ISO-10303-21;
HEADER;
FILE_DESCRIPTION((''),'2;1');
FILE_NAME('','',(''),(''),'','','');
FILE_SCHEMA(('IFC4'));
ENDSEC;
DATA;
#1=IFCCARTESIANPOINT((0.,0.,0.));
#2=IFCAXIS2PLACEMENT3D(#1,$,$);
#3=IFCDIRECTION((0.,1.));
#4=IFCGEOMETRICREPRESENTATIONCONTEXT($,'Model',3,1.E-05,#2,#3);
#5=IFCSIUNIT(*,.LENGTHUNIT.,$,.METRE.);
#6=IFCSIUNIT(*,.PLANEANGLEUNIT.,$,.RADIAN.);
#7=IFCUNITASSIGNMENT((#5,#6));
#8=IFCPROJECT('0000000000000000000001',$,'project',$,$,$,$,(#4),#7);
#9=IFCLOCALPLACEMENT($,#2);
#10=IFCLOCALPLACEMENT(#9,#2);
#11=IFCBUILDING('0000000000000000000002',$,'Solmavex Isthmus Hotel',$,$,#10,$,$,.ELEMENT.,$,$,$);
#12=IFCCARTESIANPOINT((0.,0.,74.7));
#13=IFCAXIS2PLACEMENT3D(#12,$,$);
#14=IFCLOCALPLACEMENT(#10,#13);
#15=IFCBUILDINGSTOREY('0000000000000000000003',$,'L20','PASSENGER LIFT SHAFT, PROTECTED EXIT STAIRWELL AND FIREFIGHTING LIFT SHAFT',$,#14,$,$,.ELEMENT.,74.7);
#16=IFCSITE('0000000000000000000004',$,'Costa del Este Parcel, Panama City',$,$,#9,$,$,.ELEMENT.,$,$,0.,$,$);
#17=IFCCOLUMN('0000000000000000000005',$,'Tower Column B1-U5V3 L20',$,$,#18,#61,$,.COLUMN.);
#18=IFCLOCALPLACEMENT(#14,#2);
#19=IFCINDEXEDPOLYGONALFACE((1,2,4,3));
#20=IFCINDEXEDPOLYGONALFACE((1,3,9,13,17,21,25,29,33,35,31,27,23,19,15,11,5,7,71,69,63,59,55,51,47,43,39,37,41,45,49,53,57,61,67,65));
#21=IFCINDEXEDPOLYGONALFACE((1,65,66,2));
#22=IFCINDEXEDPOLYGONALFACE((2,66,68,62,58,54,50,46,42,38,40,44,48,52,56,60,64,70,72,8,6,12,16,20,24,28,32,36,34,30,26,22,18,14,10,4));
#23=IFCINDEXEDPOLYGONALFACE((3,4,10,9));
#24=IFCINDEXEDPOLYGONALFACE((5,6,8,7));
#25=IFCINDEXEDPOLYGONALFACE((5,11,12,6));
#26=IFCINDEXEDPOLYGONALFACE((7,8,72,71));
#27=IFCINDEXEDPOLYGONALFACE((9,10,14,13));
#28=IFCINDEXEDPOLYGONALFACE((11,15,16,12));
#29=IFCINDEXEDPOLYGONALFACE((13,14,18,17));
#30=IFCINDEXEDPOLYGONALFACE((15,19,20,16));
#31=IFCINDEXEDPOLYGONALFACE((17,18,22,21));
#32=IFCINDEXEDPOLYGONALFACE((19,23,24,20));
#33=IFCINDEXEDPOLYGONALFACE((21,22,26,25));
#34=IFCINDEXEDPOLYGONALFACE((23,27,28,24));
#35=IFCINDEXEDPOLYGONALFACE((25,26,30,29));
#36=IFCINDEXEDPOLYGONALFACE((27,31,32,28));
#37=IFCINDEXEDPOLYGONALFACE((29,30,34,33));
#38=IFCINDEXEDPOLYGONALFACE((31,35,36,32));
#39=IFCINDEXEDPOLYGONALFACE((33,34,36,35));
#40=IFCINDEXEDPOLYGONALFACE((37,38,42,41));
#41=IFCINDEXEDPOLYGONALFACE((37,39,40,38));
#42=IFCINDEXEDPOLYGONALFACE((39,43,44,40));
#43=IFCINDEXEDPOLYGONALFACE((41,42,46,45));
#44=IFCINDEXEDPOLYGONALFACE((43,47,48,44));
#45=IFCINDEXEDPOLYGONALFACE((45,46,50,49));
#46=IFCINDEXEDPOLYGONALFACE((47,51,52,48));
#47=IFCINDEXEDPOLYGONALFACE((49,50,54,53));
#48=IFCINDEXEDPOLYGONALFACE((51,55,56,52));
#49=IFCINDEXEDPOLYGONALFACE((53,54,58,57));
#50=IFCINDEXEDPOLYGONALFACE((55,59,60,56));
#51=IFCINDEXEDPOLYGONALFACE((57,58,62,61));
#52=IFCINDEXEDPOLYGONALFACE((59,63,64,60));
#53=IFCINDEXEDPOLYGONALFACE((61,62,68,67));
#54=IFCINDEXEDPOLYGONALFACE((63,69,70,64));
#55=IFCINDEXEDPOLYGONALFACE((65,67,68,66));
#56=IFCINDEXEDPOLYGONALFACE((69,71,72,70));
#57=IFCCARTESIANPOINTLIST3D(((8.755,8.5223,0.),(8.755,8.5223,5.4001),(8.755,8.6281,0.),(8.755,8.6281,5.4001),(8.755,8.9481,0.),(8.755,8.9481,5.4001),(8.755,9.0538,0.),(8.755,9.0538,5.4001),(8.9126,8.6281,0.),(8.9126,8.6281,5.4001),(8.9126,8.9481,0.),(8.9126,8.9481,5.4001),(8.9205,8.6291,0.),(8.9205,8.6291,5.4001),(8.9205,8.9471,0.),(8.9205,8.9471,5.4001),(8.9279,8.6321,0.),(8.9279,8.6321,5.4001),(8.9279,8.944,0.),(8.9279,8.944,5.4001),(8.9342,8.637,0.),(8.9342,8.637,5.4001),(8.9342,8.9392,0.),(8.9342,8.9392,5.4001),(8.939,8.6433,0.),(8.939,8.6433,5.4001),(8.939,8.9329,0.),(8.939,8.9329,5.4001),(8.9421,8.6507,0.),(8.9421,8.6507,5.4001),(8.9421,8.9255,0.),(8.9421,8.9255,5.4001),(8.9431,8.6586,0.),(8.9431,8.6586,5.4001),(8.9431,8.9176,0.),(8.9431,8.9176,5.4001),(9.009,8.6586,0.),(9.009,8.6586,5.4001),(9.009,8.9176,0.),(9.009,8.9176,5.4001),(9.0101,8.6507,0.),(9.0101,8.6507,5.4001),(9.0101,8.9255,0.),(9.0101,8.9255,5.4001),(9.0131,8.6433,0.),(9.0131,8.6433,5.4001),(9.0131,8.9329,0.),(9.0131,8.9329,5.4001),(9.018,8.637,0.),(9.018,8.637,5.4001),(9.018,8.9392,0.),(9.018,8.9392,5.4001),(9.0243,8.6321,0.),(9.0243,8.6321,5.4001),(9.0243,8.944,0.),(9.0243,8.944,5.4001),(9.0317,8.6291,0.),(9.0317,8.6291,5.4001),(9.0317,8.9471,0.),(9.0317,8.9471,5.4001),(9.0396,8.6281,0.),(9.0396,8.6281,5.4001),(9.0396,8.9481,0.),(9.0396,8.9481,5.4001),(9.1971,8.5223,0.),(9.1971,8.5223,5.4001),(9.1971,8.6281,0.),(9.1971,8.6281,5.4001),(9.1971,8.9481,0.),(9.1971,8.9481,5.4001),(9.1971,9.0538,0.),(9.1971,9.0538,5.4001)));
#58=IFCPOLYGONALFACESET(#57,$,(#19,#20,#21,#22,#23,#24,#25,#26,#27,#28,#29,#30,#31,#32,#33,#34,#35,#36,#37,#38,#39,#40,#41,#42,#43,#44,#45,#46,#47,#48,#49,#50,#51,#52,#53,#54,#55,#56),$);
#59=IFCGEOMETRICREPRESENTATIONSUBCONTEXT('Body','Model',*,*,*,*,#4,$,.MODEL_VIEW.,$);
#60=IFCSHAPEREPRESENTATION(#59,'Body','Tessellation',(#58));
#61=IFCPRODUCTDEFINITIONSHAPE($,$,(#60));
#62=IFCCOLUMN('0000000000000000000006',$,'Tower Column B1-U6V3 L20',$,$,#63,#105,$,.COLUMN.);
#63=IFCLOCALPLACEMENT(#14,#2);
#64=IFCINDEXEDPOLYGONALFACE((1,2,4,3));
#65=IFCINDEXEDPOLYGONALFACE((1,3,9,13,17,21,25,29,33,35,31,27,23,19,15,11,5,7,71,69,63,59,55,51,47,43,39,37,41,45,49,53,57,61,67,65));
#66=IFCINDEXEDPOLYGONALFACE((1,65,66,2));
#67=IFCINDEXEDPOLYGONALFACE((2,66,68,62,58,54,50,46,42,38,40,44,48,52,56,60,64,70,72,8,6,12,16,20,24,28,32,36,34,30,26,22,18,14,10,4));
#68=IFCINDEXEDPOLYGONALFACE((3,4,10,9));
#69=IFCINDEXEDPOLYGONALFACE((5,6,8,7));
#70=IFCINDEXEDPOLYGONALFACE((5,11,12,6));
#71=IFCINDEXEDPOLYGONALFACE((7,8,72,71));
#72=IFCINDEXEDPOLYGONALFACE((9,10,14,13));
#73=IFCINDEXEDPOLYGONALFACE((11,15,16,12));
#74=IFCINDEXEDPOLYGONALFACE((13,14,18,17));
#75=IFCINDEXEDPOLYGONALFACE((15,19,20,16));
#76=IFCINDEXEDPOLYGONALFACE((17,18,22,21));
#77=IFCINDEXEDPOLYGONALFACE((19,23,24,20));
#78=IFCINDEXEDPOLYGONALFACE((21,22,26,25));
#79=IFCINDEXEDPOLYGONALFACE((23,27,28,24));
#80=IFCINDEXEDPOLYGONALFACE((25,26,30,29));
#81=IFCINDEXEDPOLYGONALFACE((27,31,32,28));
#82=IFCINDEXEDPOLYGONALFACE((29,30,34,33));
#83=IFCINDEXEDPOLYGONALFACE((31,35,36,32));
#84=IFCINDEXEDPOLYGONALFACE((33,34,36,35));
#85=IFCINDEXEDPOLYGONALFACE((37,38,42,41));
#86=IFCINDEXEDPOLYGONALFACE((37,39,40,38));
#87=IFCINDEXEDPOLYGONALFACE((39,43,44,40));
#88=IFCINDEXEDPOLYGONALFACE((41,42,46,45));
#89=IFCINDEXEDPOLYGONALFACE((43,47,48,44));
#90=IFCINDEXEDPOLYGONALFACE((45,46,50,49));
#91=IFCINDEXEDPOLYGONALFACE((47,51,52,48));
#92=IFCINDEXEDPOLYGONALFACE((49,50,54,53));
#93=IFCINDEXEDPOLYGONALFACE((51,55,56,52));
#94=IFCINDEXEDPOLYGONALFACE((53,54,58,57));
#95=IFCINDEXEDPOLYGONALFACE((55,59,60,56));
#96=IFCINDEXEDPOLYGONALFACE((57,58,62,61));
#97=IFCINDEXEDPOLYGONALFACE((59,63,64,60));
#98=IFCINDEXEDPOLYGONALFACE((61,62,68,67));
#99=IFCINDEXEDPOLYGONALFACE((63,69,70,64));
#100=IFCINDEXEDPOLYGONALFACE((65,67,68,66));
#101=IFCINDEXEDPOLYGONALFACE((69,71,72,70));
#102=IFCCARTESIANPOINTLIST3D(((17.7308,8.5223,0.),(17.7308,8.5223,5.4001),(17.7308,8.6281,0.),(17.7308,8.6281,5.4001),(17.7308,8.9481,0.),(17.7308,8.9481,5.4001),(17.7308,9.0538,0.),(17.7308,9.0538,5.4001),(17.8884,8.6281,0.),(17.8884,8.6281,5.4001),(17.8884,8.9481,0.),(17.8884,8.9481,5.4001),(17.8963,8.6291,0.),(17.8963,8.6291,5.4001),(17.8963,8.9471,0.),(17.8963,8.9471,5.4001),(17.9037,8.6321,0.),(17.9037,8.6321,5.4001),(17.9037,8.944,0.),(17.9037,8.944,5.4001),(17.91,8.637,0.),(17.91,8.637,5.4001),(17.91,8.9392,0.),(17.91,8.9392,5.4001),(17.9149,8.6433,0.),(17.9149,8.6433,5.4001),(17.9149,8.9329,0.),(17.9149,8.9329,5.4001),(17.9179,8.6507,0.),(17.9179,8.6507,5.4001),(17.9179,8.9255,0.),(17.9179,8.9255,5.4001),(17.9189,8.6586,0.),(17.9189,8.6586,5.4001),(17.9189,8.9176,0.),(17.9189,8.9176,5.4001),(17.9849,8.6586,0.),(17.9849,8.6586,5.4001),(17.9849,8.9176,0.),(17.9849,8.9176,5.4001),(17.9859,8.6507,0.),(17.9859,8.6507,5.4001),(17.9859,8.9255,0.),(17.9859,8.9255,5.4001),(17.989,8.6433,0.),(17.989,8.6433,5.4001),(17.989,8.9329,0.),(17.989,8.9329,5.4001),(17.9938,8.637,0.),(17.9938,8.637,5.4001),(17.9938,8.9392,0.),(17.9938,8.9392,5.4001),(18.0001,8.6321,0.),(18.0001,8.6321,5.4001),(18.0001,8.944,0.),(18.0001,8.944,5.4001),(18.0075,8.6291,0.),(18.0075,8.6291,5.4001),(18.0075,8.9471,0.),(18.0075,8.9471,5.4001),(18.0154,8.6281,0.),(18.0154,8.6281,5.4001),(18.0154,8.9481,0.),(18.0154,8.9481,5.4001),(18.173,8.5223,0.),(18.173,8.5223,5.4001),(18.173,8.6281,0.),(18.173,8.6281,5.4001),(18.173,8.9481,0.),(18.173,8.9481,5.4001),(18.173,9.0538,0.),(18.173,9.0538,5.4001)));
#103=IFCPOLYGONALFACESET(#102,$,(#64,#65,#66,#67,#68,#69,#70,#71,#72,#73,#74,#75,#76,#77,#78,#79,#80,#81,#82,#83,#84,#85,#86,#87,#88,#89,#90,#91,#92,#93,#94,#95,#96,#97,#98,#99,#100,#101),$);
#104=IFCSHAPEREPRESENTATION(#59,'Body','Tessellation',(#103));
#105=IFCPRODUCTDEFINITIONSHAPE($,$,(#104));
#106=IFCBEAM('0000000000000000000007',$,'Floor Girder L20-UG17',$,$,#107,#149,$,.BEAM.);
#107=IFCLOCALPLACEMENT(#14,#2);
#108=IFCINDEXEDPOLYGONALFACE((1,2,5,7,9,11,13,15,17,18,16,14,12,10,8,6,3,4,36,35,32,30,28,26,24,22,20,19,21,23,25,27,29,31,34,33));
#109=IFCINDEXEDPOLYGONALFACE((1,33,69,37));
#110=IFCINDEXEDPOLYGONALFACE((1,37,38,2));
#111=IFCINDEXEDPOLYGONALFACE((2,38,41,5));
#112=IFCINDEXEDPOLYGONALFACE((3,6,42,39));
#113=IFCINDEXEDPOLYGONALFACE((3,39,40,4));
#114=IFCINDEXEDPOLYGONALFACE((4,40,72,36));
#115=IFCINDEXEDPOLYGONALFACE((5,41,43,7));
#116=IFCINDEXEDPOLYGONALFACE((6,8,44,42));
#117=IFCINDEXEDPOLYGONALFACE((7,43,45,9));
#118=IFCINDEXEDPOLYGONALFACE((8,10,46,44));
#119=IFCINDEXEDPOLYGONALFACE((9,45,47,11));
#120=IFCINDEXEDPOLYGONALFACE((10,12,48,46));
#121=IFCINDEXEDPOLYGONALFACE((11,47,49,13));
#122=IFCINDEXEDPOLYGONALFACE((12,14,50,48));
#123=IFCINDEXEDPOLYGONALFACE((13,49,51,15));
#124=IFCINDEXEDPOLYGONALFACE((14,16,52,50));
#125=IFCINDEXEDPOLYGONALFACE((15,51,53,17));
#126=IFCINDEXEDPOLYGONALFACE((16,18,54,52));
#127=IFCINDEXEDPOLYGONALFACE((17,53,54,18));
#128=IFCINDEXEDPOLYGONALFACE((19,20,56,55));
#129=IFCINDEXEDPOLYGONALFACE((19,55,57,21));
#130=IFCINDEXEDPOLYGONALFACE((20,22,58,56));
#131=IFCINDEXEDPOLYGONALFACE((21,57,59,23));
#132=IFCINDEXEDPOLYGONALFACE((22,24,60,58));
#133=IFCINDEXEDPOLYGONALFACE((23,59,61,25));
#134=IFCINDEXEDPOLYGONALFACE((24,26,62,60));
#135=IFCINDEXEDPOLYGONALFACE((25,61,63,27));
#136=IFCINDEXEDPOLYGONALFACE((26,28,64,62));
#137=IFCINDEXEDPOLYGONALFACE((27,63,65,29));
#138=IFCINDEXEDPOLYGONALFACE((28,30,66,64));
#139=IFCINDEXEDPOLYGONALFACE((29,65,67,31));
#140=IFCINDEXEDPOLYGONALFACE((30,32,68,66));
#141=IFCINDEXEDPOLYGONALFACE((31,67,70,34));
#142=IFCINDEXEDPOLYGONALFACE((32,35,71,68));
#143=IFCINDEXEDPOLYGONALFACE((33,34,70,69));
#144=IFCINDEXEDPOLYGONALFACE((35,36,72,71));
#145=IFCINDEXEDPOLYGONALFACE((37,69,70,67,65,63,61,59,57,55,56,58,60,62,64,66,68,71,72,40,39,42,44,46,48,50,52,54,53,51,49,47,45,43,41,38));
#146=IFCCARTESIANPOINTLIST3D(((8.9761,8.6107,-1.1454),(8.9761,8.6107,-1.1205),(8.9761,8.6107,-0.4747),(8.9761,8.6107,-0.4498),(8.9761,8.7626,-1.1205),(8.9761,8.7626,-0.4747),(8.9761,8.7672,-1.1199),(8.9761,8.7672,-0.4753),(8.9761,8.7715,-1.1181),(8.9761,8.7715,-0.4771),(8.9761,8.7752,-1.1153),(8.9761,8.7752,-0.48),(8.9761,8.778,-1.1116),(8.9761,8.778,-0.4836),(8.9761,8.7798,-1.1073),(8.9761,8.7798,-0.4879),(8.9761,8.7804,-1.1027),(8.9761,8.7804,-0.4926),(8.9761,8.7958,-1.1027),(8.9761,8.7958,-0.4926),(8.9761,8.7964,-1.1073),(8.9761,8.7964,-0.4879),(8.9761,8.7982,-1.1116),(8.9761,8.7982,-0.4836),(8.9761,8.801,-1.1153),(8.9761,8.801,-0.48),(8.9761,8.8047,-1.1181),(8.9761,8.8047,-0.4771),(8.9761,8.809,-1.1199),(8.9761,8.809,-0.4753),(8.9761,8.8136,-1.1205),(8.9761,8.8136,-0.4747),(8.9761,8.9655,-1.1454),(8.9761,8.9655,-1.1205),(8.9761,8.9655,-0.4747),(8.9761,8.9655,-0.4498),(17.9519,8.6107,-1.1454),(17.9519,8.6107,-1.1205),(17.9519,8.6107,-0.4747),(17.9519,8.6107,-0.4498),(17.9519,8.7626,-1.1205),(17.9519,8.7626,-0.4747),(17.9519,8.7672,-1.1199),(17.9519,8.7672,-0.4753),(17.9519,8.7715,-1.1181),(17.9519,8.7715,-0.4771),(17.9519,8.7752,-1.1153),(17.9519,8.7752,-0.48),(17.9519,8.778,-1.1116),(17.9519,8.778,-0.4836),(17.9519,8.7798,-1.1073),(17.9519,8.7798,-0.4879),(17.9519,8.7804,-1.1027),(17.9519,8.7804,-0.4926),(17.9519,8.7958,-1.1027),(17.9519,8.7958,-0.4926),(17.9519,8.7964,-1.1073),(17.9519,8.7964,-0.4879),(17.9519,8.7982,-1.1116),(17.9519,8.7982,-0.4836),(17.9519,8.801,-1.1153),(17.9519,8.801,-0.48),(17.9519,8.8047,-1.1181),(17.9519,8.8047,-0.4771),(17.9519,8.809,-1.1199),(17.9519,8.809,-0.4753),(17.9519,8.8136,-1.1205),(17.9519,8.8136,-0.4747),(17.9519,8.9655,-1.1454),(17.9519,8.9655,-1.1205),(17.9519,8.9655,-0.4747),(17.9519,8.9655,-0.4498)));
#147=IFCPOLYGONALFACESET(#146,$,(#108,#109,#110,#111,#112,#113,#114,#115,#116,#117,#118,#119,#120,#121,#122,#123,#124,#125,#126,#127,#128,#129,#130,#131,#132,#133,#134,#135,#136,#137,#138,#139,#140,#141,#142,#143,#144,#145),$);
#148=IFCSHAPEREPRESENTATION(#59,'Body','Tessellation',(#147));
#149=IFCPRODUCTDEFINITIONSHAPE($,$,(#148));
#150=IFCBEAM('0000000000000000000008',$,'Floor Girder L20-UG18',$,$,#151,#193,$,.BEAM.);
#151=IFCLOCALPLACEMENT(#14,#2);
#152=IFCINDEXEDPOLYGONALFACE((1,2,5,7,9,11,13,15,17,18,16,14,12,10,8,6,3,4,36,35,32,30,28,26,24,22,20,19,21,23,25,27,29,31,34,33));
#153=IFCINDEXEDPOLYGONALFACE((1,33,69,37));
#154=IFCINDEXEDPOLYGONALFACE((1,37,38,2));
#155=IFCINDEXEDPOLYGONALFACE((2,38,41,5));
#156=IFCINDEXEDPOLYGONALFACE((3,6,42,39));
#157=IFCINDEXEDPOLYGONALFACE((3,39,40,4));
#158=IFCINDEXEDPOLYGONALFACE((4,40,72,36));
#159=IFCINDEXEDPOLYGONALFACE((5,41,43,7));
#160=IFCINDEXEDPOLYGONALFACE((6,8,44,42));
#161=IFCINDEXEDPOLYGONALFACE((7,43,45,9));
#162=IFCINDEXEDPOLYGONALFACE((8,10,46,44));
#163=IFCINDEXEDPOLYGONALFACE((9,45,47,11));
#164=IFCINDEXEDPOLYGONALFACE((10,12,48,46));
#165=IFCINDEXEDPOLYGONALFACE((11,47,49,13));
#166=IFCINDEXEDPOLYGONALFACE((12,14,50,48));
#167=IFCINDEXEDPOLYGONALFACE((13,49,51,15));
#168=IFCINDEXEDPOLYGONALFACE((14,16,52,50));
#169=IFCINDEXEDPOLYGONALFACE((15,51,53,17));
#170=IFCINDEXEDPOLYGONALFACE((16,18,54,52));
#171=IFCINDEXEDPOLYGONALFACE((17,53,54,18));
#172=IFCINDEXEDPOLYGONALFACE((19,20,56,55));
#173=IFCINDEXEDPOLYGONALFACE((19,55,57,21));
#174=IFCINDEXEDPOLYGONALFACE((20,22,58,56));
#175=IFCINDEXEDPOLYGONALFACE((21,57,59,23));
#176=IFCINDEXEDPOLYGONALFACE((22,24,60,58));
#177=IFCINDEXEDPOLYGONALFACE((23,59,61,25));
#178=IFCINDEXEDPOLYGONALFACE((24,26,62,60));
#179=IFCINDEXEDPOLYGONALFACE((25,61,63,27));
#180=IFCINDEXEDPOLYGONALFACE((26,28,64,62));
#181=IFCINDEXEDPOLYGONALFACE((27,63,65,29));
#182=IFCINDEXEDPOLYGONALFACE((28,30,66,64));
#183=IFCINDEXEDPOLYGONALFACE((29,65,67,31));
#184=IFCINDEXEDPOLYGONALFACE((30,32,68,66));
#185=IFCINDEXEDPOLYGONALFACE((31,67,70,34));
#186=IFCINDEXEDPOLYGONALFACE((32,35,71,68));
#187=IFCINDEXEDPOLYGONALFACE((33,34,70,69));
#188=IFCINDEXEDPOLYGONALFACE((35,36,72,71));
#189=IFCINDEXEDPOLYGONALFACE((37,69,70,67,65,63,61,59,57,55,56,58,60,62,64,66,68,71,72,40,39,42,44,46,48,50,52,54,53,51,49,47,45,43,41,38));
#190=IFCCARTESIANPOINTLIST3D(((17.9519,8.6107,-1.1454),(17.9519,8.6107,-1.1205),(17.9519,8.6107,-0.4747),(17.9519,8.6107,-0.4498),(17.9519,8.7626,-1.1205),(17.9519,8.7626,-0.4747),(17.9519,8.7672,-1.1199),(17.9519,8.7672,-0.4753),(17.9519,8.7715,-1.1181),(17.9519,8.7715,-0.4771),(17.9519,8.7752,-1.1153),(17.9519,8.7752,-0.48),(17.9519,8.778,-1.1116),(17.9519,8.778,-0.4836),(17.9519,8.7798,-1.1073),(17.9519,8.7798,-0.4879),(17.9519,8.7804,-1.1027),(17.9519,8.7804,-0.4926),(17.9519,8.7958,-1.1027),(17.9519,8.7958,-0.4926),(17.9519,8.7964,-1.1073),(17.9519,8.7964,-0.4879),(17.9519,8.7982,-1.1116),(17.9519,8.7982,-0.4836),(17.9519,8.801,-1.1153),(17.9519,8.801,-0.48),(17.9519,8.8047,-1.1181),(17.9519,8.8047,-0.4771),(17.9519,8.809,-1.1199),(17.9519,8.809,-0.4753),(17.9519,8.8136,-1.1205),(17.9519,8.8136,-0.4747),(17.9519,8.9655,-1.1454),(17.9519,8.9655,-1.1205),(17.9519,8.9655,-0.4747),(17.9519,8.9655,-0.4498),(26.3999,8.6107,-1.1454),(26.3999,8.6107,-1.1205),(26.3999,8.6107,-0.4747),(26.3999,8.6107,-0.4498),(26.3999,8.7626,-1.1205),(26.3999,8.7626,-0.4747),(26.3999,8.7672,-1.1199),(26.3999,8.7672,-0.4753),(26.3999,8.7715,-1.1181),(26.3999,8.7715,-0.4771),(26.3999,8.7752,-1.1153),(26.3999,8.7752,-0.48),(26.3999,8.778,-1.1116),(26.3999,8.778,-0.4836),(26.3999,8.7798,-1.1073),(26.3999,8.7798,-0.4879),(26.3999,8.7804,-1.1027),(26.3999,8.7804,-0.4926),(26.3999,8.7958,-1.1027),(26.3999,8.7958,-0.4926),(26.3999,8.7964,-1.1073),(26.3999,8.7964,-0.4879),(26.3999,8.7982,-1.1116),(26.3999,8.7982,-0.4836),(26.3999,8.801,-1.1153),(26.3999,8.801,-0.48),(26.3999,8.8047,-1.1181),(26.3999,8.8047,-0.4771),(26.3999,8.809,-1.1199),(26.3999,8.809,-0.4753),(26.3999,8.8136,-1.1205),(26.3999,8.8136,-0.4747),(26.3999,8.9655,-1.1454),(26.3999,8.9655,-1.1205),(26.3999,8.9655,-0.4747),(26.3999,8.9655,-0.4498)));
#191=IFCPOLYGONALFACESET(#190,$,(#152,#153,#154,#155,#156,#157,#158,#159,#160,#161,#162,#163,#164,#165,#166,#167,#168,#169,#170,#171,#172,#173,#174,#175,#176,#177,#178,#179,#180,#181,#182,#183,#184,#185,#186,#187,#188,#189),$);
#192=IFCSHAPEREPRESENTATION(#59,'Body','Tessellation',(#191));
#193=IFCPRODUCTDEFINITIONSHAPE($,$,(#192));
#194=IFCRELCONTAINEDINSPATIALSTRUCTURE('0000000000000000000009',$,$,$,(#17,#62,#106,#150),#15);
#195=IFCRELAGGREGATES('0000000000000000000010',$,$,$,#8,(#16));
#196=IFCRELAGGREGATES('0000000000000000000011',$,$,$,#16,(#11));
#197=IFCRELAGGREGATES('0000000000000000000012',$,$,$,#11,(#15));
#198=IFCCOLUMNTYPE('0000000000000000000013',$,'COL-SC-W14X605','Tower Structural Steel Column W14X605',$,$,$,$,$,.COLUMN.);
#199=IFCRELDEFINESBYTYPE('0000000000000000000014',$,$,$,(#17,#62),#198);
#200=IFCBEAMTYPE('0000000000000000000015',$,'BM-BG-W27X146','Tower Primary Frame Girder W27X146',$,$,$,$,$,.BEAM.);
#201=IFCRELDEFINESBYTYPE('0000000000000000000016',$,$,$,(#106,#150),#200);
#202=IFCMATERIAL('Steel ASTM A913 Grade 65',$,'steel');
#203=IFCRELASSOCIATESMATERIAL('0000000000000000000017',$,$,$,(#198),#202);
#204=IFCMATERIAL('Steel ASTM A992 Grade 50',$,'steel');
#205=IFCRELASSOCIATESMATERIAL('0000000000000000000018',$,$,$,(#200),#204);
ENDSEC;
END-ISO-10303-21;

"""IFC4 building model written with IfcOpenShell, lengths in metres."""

from ifc_helpers import new_model, si_unit, direction, frame, origin, origin_2d, place, context, subcontext, project, spatial, i_section, extrude, material, material_profile, profile_set, type_object, element, save


model = new_model("IFC4")

# Units and contexts
model_context = context("Model", 3, precision=1e-05, world=origin(), true_north=direction((0.0, 1.0)))
body_context = subcontext(model_context, "Body", "Model", "MODEL_VIEW")
ifc_project = project(units=[si_unit("LENGTHUNIT", "METRE"), si_unit("PLANEANGLEUNIT", "RADIAN")], contexts=[model_context])

# Site, building, storey
site_placement = place(None, origin())
site = spatial("IfcSite", under=ifc_project, at=site_placement, Name="Costa del Este Parcel, Panama City", CompositionType="ELEMENT", RefElevation=0.0)
building_placement = place(site_placement, origin())
building = spatial("IfcBuilding", under=site, at=building_placement, Name="Solmavex Isthmus Hotel", CompositionType="ELEMENT")
storey_placement = place(building_placement, frame((0.0, 0.0, 74.7)))
storey = spatial("IfcBuildingStorey", under=building, at=storey_placement, Name="L20", Description="PASSENGER LIFT SHAFT, PROTECTED EXIT STAIRWELL AND FIREFIGHTING LIFT SHAFT", CompositionType="ELEMENT", Elevation=74.7)

# Columns
ifc_material_1 = material(Name="Steel ASTM A913 Grade 65", Category="steel")
ifc_material_profile_1 = material_profile(ifc_material_1, i_section(OverallWidth=0.4421, OverallDepth=0.5315, WebThickness=0.0659, FlangeThickness=0.1057, FilletRadius=0.0305, at=origin_2d()), Name="W14X605")
ifc_profile_set_1 = profile_set([ifc_material_profile_1], Name="Steel ASTM A913 Grade 65")
column_type = type_object("IfcColumnType", Name="COL-SC-W14X605", Description="Tower Structural Steel Column W14X605", PredefinedType="COLUMN", material=ifc_profile_set_1)
for number, where, z_axis, x_axis, name in (
    (1, (8.9761, 8.7881, 0.0), (0.0, 0.0, 1.0), (1.0, 0.0, 0.0), "Tower Column B1-U5V3 L20"),
    (2, (17.9519, 8.7881, 0.0), (0.0, 0.0, 1.0), (1.0, 0.0, 0.0), "Tower Column B1-U6V3 L20"),
):
    element("IfcColumn", number, at=place(storey_placement, frame(where, z_axis=z_axis, x_axis=x_axis)), inside=storey, type_object=column_type, Name=name, PredefinedType="COLUMN", context=body_context, shape_type="SweptSolid", body=[
        extrude(i_section(OverallWidth=0.4421, OverallDepth=0.5315, WebThickness=0.0659, FlangeThickness=0.1057, FilletRadius=0.0305, at=origin_2d()), origin(), (0.0, 0.0, 1.0), 5.4001),
    ])

# Beams
ifc_material_2 = material(Name="Steel ASTM A992 Grade 50", Category="steel")
ifc_material_profile_2 = material_profile(ifc_material_2, i_section(OverallWidth=0.3547, OverallDepth=0.6956, WebThickness=0.0154, FlangeThickness=0.0249, FilletRadius=0.0178, at=origin_2d()), Name="W27X146")
ifc_profile_set_2 = profile_set([ifc_material_profile_2], Name="Steel ASTM A992 Grade 50")
beam_type_1 = type_object("IfcBeamType", Name="BM-BG-W27X146", Description="Tower Primary Frame Girder W27X146", PredefinedType="BEAM", material=ifc_profile_set_2)
beam_1_placement = place(storey_placement, frame((8.9761, 8.7881, -0.7976), z_axis=(1.0, 0.0, 0.0), x_axis=(0.0, 1.0, 0.0)))
element("IfcBeam", 3, at=beam_1_placement, inside=storey, type_object=beam_type_1, Name="Floor Girder L20-UG17", PredefinedType="BEAM", context=body_context, shape_type="SweptSolid", body=[
    extrude(i_section(OverallWidth=0.3547, OverallDepth=0.6956, WebThickness=0.0154, FlangeThickness=0.0249, FilletRadius=0.0178, at=origin_2d()), origin(), (0.0, 0.0, 1.0), 8.9758),
])
beam_2_placement = place(storey_placement, frame((17.9519, 8.7881, -0.7976), z_axis=(1.0, 0.0, 0.0), x_axis=(0.0, 1.0, 0.0)))
element("IfcBeam", 4, at=beam_2_placement, inside=storey, type_object=beam_type_1, Name="Floor Girder L20-UG18", PredefinedType="BEAM", context=body_context, shape_type="SweptSolid", body=[
    extrude(i_section(OverallWidth=0.3547, OverallDepth=0.6956, WebThickness=0.0154, FlangeThickness=0.0249, FilletRadius=0.0178, at=origin_2d()), origin(), (0.0, 0.0, 1.0), 8.448),
])

save(model, "model.ifc")
